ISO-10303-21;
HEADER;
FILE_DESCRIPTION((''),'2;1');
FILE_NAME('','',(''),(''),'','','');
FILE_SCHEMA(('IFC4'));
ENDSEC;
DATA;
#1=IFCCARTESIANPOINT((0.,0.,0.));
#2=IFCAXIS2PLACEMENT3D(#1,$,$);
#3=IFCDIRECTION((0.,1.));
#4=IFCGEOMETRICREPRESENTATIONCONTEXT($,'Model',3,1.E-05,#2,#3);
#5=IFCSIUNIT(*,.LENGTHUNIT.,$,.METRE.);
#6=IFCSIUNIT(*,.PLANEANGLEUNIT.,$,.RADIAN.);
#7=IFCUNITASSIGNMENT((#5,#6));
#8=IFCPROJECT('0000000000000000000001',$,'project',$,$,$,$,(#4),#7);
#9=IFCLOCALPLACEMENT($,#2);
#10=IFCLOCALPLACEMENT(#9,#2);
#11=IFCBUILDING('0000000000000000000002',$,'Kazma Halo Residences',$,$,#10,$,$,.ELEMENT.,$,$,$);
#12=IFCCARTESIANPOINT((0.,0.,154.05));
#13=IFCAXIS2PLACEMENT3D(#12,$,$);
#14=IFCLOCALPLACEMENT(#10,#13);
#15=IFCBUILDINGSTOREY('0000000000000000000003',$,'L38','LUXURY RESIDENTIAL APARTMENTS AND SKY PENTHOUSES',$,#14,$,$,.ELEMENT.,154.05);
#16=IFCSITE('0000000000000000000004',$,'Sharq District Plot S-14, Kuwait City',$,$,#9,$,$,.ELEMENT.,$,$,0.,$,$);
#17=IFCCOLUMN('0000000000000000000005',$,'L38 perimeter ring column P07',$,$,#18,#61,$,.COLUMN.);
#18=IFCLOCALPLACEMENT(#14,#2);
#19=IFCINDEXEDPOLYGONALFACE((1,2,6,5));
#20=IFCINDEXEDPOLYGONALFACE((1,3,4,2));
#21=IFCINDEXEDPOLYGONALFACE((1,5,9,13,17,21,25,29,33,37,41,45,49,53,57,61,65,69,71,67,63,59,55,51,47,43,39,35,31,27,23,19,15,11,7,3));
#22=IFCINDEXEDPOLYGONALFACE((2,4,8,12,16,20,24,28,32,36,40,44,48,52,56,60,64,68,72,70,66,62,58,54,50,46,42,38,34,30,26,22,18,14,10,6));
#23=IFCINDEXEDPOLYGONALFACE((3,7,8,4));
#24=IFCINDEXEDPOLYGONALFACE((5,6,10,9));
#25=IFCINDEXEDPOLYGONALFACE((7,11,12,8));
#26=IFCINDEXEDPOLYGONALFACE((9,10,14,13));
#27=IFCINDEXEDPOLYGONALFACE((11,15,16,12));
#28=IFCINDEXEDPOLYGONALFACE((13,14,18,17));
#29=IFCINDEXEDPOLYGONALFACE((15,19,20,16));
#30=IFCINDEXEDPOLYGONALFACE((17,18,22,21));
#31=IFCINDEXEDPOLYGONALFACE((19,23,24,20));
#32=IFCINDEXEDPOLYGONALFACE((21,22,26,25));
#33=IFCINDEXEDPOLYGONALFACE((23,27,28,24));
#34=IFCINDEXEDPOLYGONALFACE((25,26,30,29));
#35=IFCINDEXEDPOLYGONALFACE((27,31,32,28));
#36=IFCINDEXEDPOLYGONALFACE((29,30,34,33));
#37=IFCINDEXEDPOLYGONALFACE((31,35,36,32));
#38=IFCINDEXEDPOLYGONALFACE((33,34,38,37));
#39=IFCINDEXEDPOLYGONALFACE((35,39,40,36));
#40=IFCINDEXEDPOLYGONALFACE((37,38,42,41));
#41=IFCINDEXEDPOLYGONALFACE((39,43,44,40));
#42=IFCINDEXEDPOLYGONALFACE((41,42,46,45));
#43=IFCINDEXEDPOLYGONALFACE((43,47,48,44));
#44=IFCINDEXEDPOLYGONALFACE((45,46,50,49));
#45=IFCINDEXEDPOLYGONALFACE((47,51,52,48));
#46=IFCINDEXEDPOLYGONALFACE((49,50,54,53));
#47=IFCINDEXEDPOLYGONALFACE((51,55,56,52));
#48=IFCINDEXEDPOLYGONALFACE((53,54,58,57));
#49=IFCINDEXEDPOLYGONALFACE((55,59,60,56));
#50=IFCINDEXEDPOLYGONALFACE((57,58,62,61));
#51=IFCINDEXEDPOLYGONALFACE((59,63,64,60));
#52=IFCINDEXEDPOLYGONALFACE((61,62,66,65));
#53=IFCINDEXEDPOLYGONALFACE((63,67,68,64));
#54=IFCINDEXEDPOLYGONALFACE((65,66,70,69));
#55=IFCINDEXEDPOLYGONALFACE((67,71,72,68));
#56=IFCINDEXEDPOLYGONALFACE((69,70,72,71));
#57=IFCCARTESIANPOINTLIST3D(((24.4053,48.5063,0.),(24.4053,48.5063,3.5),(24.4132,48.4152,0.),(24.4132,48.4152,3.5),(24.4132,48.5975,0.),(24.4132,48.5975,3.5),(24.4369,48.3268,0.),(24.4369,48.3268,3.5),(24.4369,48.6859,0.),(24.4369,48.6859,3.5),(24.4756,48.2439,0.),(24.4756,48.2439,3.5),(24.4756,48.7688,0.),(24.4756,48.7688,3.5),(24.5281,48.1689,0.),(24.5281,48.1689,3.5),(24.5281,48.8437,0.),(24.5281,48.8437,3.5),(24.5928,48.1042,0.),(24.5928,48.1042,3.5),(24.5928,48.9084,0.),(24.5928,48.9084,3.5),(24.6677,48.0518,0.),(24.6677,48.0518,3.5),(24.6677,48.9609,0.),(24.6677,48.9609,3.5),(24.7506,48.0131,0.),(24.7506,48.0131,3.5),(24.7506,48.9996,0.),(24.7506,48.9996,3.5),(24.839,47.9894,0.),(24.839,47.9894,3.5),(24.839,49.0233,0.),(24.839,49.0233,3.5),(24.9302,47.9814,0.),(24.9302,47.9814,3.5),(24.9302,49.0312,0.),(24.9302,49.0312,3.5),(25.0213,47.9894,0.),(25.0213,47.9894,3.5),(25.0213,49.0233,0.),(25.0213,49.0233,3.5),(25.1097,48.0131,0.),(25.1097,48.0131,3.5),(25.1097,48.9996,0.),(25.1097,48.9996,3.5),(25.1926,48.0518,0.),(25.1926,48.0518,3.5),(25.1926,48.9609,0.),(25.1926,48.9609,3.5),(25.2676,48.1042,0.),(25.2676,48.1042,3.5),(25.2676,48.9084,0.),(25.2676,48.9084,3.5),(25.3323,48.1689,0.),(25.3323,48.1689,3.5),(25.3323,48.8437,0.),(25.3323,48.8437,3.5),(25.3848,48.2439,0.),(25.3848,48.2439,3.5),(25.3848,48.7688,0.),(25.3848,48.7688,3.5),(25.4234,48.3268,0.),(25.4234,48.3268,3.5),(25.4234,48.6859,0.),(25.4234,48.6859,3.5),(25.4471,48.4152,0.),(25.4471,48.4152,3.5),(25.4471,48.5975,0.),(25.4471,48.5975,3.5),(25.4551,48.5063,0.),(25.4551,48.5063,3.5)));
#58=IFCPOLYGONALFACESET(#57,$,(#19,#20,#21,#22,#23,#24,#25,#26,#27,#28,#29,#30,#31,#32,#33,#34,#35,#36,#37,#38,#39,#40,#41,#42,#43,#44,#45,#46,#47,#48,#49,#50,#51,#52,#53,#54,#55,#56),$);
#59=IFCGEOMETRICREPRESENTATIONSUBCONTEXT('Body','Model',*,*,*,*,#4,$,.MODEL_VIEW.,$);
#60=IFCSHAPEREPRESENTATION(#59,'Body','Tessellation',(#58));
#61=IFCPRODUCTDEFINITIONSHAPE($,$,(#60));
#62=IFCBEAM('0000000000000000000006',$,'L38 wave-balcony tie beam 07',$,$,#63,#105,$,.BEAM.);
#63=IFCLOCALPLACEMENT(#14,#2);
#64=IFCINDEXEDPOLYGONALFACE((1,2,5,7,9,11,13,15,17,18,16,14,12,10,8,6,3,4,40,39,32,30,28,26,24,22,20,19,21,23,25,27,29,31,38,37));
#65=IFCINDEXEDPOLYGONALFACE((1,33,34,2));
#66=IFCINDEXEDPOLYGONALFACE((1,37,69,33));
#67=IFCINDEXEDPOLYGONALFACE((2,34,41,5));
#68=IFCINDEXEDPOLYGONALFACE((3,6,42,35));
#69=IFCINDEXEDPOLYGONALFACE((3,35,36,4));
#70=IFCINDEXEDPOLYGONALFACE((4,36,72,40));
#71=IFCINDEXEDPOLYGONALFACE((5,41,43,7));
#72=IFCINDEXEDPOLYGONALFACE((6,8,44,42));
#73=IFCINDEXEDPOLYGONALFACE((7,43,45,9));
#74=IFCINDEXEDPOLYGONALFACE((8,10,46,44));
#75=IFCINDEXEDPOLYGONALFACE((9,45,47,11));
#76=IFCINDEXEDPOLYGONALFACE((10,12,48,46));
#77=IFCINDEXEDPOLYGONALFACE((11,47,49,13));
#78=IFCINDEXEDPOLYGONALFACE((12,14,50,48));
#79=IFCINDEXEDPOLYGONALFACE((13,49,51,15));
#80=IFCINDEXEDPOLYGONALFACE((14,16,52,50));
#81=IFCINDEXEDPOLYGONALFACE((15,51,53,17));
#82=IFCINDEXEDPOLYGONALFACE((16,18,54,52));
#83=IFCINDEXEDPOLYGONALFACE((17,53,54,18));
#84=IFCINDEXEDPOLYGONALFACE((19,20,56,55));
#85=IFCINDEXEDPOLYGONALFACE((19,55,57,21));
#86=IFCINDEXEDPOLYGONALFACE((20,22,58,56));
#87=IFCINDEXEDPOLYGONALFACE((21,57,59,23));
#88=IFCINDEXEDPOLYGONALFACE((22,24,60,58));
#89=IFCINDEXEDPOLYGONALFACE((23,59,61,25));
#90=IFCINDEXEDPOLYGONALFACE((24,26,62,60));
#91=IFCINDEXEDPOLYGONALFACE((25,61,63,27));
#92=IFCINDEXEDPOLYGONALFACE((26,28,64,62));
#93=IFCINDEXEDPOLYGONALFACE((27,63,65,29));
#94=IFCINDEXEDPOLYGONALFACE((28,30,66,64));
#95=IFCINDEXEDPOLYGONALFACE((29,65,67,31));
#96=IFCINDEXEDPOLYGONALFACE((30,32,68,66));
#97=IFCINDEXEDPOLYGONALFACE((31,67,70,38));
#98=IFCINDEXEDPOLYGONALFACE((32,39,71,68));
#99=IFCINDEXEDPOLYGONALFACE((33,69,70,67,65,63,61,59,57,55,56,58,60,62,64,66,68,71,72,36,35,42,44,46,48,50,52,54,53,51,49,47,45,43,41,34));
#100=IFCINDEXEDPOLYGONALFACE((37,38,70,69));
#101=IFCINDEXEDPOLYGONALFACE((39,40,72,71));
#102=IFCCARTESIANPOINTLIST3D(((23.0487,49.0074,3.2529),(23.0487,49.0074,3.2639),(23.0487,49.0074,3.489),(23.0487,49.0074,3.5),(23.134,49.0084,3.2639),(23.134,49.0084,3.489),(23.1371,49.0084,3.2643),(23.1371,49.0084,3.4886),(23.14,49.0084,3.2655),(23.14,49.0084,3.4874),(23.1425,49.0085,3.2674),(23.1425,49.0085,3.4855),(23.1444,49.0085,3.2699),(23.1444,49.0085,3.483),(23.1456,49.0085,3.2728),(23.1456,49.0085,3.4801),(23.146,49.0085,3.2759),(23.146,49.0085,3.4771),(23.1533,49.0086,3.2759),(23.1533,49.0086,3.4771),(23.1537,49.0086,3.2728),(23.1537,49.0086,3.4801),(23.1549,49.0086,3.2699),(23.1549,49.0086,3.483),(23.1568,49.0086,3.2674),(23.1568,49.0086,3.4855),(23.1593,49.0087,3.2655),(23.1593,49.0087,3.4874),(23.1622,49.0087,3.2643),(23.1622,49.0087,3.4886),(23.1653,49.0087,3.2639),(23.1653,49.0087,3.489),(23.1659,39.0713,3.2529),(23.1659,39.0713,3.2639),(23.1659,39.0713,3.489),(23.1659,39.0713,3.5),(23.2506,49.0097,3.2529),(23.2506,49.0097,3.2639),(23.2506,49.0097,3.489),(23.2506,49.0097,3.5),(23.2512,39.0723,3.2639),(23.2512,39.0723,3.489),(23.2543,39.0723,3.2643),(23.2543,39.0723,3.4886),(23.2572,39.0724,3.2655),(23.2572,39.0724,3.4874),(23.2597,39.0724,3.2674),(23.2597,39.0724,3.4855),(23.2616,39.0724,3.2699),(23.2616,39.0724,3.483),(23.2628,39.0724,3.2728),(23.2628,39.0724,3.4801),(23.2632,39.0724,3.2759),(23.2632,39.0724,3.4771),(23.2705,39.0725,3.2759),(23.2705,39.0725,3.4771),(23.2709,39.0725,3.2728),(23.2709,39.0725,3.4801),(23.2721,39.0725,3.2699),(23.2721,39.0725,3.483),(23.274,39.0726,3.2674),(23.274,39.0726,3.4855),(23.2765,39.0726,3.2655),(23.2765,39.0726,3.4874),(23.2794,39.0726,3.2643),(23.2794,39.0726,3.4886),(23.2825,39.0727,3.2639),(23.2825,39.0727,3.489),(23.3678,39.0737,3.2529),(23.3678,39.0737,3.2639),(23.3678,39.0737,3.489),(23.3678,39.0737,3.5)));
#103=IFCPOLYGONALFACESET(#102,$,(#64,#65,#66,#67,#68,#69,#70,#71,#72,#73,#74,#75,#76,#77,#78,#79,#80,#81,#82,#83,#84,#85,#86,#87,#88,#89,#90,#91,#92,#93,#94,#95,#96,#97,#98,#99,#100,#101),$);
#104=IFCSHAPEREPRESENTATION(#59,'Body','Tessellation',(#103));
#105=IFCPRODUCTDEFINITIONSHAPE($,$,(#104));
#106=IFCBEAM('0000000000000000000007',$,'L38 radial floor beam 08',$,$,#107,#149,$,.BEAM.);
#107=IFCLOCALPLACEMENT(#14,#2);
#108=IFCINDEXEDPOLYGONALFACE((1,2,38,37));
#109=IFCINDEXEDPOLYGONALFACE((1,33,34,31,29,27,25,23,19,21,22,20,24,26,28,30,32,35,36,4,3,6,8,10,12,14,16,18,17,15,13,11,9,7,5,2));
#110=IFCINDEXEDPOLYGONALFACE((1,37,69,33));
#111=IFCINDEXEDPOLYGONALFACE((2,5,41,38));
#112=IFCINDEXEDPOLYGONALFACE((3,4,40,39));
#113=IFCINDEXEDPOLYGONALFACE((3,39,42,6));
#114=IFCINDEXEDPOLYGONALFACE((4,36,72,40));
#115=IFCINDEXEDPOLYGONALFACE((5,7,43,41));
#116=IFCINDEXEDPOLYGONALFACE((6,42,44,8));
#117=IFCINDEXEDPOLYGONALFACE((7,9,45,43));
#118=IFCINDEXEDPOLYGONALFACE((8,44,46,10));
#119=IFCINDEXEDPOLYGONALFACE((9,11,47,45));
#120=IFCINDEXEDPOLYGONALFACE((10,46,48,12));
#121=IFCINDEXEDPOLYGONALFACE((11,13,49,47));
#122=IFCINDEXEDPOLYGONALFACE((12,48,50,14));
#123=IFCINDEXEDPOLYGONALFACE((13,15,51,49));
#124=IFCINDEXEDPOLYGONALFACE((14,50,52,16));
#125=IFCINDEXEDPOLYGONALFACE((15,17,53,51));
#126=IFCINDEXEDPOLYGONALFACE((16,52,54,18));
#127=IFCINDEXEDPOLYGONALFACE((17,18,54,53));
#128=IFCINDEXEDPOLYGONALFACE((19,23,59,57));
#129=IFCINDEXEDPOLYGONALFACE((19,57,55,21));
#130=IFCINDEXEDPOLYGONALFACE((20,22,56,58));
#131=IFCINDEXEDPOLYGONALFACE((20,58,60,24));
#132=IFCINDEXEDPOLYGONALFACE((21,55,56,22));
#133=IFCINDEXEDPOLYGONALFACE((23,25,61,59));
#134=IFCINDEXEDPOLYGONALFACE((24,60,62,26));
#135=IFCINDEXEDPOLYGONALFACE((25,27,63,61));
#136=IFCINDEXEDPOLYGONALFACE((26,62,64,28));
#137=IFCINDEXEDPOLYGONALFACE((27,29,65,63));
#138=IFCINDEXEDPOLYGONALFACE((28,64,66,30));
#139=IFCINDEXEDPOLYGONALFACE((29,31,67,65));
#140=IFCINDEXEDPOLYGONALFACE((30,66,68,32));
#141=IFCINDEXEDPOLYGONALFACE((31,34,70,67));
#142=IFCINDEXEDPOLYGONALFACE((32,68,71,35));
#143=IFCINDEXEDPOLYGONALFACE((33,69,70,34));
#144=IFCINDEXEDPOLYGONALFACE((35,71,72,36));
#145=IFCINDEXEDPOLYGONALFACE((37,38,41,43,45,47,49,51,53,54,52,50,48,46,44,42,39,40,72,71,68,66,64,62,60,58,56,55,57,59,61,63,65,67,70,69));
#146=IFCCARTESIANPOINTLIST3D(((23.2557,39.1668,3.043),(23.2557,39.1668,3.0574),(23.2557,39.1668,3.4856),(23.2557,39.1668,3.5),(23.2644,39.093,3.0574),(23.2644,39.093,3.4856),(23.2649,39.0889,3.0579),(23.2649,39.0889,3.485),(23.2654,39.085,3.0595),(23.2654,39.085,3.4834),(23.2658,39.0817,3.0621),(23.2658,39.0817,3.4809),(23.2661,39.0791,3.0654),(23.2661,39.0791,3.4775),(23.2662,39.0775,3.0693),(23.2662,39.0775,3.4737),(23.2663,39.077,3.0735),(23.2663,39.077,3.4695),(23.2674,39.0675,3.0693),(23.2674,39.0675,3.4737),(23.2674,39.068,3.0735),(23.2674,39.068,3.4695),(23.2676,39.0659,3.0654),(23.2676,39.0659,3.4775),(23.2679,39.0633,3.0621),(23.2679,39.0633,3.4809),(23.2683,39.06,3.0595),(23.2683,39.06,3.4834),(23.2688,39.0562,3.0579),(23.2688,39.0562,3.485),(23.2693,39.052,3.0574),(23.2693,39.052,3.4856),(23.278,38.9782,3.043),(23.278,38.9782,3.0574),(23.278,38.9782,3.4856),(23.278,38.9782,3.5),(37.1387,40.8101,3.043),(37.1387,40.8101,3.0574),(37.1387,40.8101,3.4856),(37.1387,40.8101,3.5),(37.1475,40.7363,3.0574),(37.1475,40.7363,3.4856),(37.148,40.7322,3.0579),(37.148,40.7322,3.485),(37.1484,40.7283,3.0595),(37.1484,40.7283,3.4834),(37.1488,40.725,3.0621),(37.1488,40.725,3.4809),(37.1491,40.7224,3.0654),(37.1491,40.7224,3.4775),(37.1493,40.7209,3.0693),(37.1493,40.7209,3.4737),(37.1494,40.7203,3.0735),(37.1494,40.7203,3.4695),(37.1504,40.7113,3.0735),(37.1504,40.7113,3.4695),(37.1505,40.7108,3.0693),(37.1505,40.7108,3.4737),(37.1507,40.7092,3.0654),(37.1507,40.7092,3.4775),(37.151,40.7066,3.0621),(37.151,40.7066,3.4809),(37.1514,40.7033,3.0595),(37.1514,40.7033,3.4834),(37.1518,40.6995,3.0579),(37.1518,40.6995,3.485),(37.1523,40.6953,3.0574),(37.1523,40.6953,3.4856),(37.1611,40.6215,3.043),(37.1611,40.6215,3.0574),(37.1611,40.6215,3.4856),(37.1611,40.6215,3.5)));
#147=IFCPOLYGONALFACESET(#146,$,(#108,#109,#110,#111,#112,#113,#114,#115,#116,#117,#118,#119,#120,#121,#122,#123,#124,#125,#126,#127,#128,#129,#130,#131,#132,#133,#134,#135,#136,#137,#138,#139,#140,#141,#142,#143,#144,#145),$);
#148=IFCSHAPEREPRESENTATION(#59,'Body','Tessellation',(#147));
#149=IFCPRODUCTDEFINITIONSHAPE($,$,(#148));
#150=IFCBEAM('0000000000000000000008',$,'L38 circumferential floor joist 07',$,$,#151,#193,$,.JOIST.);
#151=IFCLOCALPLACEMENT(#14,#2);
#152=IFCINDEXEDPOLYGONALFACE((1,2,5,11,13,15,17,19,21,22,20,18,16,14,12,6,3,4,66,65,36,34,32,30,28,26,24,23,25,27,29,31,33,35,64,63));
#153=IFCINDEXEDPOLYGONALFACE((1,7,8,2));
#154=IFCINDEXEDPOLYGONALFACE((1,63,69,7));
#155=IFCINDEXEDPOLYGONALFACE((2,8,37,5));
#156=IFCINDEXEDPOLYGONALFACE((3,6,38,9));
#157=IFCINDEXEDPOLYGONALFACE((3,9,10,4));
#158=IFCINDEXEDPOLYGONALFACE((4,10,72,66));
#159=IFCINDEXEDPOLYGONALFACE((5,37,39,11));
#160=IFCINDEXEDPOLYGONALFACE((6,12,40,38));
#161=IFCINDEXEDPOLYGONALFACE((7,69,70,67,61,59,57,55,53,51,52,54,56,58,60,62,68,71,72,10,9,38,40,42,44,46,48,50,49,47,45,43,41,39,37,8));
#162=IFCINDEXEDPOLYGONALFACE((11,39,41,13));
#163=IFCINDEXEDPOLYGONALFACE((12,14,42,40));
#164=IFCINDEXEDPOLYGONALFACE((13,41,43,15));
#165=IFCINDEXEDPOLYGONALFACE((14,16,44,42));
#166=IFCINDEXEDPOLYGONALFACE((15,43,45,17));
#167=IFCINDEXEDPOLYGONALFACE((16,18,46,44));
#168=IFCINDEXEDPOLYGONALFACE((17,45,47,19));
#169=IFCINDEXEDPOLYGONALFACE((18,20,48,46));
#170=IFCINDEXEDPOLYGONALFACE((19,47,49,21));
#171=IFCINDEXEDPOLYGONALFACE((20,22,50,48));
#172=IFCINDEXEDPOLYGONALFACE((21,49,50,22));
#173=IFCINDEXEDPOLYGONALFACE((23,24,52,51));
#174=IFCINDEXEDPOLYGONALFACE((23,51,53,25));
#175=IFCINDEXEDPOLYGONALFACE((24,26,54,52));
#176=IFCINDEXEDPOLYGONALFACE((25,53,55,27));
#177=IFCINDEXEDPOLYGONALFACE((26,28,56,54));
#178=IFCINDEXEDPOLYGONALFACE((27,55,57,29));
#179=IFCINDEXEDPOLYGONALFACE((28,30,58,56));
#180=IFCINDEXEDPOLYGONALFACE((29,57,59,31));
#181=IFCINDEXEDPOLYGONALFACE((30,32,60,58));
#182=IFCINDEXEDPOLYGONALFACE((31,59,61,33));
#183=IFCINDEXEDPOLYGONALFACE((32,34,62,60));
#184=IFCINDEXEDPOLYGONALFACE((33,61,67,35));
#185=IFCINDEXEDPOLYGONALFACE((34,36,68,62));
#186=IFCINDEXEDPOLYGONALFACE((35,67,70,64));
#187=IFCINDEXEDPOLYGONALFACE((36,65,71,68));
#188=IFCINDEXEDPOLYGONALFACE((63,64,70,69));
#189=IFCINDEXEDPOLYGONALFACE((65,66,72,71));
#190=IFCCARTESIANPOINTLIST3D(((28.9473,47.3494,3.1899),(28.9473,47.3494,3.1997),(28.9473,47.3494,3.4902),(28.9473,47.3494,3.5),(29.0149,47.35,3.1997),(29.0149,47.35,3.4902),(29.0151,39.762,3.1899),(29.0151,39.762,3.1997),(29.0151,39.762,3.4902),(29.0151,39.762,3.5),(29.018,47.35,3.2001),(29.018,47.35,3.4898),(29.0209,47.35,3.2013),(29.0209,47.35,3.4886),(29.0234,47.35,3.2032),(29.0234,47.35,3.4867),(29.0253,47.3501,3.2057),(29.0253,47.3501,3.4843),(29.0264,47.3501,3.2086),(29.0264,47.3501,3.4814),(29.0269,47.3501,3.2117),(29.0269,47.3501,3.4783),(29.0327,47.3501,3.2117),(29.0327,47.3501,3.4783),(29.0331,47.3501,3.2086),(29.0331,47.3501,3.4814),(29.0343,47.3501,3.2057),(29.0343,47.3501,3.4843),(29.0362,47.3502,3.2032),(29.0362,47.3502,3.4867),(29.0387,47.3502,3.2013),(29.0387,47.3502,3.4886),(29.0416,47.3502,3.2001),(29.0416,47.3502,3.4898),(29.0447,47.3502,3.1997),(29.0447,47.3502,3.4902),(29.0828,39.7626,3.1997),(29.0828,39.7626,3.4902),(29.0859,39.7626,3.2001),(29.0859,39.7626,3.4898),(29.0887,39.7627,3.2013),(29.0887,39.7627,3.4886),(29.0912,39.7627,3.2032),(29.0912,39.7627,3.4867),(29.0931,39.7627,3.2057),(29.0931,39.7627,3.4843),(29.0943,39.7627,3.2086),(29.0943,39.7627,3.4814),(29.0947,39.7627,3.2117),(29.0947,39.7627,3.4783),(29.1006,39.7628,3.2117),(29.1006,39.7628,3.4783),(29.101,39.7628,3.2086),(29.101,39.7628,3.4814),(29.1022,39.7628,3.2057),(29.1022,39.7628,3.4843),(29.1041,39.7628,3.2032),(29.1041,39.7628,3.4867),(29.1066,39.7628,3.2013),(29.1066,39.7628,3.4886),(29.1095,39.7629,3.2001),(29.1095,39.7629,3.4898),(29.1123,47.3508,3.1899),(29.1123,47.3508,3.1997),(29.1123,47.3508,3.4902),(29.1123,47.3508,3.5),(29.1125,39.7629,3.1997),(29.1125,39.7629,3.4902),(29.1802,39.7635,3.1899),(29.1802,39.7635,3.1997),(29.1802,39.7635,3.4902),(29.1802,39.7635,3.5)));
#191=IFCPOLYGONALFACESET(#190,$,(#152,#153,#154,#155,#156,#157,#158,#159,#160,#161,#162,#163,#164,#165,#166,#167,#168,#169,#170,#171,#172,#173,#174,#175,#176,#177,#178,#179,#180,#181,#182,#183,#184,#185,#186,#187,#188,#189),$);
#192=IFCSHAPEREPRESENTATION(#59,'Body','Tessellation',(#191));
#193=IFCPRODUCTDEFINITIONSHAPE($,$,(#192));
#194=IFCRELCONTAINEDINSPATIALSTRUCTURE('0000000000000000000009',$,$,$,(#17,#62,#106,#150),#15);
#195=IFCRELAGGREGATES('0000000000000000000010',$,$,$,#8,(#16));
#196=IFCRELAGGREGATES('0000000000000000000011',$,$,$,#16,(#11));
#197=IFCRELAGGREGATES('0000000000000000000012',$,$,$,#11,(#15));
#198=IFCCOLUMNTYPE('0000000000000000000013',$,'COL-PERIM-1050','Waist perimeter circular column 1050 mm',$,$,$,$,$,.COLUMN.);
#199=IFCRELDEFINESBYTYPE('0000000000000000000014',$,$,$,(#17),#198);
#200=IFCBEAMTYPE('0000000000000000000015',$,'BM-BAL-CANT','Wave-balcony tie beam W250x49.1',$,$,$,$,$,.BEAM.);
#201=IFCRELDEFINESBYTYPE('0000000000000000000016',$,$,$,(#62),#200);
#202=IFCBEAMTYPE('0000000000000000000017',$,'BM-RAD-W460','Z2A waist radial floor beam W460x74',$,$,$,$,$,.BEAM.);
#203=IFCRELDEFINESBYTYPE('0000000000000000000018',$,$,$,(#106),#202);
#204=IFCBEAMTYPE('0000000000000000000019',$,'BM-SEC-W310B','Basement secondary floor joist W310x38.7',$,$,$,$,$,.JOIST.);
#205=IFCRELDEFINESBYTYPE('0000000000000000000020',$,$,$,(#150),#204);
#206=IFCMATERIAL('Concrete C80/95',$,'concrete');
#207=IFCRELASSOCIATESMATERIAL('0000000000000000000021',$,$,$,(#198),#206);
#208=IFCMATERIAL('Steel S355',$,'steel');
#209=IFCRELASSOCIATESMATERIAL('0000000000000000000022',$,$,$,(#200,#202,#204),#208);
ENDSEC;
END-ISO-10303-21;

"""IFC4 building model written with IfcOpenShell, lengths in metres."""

from ifc_helpers import new_model, si_unit, direction, frame, origin, origin_2d, place, context, subcontext, project, spatial, circle, i_section, extrude, material, material_profile, profile_set, type_object, element, save


model = new_model("IFC4")

# Units and contexts
model_context = context("Model", 3, precision=1e-05, world=origin(), true_north=direction((0.0, 1.0)))
body_context = subcontext(model_context, "Body", "Model", "MODEL_VIEW")
ifc_project = project(units=[si_unit("LENGTHUNIT", "METRE"), si_unit("PLANEANGLEUNIT", "RADIAN")], contexts=[model_context])

# Site, building, storey
site_placement = place(None, origin())
site = spatial("IfcSite", under=ifc_project, at=site_placement, Name="Sharq District Plot S-14, Kuwait City", CompositionType="ELEMENT", RefElevation=0.0)
building_placement = place(site_placement, origin())
building = spatial("IfcBuilding", under=site, at=building_placement, Name="Kazma Halo Residences", CompositionType="ELEMENT")
storey_placement = place(building_placement, frame((0.0, 0.0, 154.05)))
storey = spatial("IfcBuildingStorey", under=building, at=storey_placement, Name="L38", Description="LUXURY RESIDENTIAL APARTMENTS AND SKY PENTHOUSES", CompositionType="ELEMENT", Elevation=154.05)

# Column
ifc_material_1 = material(Name="Concrete C80/95", Category="concrete")
ifc_material_profile_1 = material_profile(ifc_material_1, circle(Radius=0.5249, at=origin_2d()), Name="CIRC1050")
ifc_profile_set_1 = profile_set([ifc_material_profile_1], Name="Concrete C80/95")
column_type = type_object("IfcColumnType", Name="COL-PERIM-1050", Description="Waist perimeter circular column 1050 mm", PredefinedType="COLUMN", material=ifc_profile_set_1)
column_placement = place(storey_placement, frame((24.9302, 48.5063, 0.0), z_axis=(0.0, 0.0, 1.0), x_axis=(1.0, 0.0, 0.0)))
element("IfcColumn", 1, at=column_placement, inside=storey, type_object=column_type, Name="L38 perimeter ring column P07", PredefinedType="COLUMN", context=body_context, shape_type="SweptSolid", body=[
    extrude(circle(Radius=0.5249, at=origin_2d()), origin(), (0.0, 0.0, 1.0), 3.5),
])

# Beams
ifc_material_2 = material(Name="Steel S355", Category="steel")
ifc_material_profile_2 = material_profile(ifc_material_2, i_section(OverallWidth=0.2019, OverallDepth=0.2471, WebThickness=0.0073, FlangeThickness=0.011, FilletRadius=0.012, at=origin_2d()), Name="W250x49.1")
ifc_profile_set_2 = profile_set([ifc_material_profile_2], Name="Steel S355")
beam_type_1 = type_object("IfcBeamType", Name="BM-BAL-CANT", Description="Wave-balcony tie beam W250x49.1", PredefinedType="BEAM", material=ifc_profile_set_2)
beam_1_placement = place(storey_placement, frame((23.1497, 49.0085, 3.3765), z_axis=(0.011793, -0.99993, 0.0), x_axis=(0.99993, 0.011793, 0.0)))
element("IfcBeam", 2, at=beam_1_placement, inside=storey, type_object=beam_type_1, Name="L38 wave-balcony tie beam 07", PredefinedType="BEAM", context=body_context, shape_type="SweptSolid", body=[
    extrude(i_section(OverallWidth=0.2019, OverallDepth=0.2471, WebThickness=0.0073, FlangeThickness=0.011, FilletRadius=0.012, at=origin_2d()), origin(), (0.0, 0.0, 1.0), 9.9368),
])
ifc_material_profile_3 = material_profile(ifc_material_2, i_section(OverallWidth=0.1899, OverallDepth=0.457, WebThickness=0.009, FlangeThickness=0.0144, FilletRadius=0.0161, at=origin_2d()), Name="W460x74")
ifc_profile_set_3 = profile_set([ifc_material_profile_3], Name="Steel S355")
beam_type_2 = type_object("IfcBeamType", Name="BM-RAD-W460", Description="Z2A waist radial floor beam W460x74", PredefinedType="BEAM", material=ifc_profile_set_3)
beam_2_placement = place(storey_placement, frame((37.1499, 40.7158, 3.2715), z_axis=(-0.993067, -0.117547, 0.0), x_axis=(0.117547, -0.993067, 0.0)))
element("IfcBeam", 3, at=beam_2_placement, inside=storey, type_object=beam_type_2, Name="L38 radial floor beam 08", PredefinedType="BEAM", context=body_context, shape_type="SweptSolid", body=[
    extrude(i_section(OverallWidth=0.1899, OverallDepth=0.457, WebThickness=0.009, FlangeThickness=0.0144, FilletRadius=0.0161, at=origin_2d()), origin(), (0.0, 0.0, 1.0), 13.98),
])
ifc_material_profile_4 = material_profile(ifc_material_2, i_section(OverallWidth=0.165, OverallDepth=0.3101, WebThickness=0.0059, FlangeThickness=0.0098, FilletRadius=0.012, at=origin_2d()), Name="W310x38.7")
ifc_profile_set_4 = profile_set([ifc_material_profile_4], Name="Steel S355")
beam_type_3 = type_object("IfcBeamType", Name="BM-SEC-W310B", Description="Basement secondary floor joist W310x38.7", PredefinedType="JOIST", material=ifc_profile_set_4)
beam_3_placement = place(storey_placement, frame((29.0298, 47.3501, 3.345), z_axis=(0.008945, -0.99996, 0.0), x_axis=(0.99996, 0.008945, 0.0)))
element("IfcBeam", 4, at=beam_3_placement, inside=storey, type_object=beam_type_3, Name="L38 circumferential floor joist 07", PredefinedType="JOIST", context=body_context, shape_type="SweptSolid", body=[
    extrude(i_section(OverallWidth=0.165, OverallDepth=0.3101, WebThickness=0.0059, FlangeThickness=0.0098, FilletRadius=0.012, at=origin_2d()), origin(), (0.0, 0.0, 1.0), 7.5876),
])

save(model, "model.ifc")
